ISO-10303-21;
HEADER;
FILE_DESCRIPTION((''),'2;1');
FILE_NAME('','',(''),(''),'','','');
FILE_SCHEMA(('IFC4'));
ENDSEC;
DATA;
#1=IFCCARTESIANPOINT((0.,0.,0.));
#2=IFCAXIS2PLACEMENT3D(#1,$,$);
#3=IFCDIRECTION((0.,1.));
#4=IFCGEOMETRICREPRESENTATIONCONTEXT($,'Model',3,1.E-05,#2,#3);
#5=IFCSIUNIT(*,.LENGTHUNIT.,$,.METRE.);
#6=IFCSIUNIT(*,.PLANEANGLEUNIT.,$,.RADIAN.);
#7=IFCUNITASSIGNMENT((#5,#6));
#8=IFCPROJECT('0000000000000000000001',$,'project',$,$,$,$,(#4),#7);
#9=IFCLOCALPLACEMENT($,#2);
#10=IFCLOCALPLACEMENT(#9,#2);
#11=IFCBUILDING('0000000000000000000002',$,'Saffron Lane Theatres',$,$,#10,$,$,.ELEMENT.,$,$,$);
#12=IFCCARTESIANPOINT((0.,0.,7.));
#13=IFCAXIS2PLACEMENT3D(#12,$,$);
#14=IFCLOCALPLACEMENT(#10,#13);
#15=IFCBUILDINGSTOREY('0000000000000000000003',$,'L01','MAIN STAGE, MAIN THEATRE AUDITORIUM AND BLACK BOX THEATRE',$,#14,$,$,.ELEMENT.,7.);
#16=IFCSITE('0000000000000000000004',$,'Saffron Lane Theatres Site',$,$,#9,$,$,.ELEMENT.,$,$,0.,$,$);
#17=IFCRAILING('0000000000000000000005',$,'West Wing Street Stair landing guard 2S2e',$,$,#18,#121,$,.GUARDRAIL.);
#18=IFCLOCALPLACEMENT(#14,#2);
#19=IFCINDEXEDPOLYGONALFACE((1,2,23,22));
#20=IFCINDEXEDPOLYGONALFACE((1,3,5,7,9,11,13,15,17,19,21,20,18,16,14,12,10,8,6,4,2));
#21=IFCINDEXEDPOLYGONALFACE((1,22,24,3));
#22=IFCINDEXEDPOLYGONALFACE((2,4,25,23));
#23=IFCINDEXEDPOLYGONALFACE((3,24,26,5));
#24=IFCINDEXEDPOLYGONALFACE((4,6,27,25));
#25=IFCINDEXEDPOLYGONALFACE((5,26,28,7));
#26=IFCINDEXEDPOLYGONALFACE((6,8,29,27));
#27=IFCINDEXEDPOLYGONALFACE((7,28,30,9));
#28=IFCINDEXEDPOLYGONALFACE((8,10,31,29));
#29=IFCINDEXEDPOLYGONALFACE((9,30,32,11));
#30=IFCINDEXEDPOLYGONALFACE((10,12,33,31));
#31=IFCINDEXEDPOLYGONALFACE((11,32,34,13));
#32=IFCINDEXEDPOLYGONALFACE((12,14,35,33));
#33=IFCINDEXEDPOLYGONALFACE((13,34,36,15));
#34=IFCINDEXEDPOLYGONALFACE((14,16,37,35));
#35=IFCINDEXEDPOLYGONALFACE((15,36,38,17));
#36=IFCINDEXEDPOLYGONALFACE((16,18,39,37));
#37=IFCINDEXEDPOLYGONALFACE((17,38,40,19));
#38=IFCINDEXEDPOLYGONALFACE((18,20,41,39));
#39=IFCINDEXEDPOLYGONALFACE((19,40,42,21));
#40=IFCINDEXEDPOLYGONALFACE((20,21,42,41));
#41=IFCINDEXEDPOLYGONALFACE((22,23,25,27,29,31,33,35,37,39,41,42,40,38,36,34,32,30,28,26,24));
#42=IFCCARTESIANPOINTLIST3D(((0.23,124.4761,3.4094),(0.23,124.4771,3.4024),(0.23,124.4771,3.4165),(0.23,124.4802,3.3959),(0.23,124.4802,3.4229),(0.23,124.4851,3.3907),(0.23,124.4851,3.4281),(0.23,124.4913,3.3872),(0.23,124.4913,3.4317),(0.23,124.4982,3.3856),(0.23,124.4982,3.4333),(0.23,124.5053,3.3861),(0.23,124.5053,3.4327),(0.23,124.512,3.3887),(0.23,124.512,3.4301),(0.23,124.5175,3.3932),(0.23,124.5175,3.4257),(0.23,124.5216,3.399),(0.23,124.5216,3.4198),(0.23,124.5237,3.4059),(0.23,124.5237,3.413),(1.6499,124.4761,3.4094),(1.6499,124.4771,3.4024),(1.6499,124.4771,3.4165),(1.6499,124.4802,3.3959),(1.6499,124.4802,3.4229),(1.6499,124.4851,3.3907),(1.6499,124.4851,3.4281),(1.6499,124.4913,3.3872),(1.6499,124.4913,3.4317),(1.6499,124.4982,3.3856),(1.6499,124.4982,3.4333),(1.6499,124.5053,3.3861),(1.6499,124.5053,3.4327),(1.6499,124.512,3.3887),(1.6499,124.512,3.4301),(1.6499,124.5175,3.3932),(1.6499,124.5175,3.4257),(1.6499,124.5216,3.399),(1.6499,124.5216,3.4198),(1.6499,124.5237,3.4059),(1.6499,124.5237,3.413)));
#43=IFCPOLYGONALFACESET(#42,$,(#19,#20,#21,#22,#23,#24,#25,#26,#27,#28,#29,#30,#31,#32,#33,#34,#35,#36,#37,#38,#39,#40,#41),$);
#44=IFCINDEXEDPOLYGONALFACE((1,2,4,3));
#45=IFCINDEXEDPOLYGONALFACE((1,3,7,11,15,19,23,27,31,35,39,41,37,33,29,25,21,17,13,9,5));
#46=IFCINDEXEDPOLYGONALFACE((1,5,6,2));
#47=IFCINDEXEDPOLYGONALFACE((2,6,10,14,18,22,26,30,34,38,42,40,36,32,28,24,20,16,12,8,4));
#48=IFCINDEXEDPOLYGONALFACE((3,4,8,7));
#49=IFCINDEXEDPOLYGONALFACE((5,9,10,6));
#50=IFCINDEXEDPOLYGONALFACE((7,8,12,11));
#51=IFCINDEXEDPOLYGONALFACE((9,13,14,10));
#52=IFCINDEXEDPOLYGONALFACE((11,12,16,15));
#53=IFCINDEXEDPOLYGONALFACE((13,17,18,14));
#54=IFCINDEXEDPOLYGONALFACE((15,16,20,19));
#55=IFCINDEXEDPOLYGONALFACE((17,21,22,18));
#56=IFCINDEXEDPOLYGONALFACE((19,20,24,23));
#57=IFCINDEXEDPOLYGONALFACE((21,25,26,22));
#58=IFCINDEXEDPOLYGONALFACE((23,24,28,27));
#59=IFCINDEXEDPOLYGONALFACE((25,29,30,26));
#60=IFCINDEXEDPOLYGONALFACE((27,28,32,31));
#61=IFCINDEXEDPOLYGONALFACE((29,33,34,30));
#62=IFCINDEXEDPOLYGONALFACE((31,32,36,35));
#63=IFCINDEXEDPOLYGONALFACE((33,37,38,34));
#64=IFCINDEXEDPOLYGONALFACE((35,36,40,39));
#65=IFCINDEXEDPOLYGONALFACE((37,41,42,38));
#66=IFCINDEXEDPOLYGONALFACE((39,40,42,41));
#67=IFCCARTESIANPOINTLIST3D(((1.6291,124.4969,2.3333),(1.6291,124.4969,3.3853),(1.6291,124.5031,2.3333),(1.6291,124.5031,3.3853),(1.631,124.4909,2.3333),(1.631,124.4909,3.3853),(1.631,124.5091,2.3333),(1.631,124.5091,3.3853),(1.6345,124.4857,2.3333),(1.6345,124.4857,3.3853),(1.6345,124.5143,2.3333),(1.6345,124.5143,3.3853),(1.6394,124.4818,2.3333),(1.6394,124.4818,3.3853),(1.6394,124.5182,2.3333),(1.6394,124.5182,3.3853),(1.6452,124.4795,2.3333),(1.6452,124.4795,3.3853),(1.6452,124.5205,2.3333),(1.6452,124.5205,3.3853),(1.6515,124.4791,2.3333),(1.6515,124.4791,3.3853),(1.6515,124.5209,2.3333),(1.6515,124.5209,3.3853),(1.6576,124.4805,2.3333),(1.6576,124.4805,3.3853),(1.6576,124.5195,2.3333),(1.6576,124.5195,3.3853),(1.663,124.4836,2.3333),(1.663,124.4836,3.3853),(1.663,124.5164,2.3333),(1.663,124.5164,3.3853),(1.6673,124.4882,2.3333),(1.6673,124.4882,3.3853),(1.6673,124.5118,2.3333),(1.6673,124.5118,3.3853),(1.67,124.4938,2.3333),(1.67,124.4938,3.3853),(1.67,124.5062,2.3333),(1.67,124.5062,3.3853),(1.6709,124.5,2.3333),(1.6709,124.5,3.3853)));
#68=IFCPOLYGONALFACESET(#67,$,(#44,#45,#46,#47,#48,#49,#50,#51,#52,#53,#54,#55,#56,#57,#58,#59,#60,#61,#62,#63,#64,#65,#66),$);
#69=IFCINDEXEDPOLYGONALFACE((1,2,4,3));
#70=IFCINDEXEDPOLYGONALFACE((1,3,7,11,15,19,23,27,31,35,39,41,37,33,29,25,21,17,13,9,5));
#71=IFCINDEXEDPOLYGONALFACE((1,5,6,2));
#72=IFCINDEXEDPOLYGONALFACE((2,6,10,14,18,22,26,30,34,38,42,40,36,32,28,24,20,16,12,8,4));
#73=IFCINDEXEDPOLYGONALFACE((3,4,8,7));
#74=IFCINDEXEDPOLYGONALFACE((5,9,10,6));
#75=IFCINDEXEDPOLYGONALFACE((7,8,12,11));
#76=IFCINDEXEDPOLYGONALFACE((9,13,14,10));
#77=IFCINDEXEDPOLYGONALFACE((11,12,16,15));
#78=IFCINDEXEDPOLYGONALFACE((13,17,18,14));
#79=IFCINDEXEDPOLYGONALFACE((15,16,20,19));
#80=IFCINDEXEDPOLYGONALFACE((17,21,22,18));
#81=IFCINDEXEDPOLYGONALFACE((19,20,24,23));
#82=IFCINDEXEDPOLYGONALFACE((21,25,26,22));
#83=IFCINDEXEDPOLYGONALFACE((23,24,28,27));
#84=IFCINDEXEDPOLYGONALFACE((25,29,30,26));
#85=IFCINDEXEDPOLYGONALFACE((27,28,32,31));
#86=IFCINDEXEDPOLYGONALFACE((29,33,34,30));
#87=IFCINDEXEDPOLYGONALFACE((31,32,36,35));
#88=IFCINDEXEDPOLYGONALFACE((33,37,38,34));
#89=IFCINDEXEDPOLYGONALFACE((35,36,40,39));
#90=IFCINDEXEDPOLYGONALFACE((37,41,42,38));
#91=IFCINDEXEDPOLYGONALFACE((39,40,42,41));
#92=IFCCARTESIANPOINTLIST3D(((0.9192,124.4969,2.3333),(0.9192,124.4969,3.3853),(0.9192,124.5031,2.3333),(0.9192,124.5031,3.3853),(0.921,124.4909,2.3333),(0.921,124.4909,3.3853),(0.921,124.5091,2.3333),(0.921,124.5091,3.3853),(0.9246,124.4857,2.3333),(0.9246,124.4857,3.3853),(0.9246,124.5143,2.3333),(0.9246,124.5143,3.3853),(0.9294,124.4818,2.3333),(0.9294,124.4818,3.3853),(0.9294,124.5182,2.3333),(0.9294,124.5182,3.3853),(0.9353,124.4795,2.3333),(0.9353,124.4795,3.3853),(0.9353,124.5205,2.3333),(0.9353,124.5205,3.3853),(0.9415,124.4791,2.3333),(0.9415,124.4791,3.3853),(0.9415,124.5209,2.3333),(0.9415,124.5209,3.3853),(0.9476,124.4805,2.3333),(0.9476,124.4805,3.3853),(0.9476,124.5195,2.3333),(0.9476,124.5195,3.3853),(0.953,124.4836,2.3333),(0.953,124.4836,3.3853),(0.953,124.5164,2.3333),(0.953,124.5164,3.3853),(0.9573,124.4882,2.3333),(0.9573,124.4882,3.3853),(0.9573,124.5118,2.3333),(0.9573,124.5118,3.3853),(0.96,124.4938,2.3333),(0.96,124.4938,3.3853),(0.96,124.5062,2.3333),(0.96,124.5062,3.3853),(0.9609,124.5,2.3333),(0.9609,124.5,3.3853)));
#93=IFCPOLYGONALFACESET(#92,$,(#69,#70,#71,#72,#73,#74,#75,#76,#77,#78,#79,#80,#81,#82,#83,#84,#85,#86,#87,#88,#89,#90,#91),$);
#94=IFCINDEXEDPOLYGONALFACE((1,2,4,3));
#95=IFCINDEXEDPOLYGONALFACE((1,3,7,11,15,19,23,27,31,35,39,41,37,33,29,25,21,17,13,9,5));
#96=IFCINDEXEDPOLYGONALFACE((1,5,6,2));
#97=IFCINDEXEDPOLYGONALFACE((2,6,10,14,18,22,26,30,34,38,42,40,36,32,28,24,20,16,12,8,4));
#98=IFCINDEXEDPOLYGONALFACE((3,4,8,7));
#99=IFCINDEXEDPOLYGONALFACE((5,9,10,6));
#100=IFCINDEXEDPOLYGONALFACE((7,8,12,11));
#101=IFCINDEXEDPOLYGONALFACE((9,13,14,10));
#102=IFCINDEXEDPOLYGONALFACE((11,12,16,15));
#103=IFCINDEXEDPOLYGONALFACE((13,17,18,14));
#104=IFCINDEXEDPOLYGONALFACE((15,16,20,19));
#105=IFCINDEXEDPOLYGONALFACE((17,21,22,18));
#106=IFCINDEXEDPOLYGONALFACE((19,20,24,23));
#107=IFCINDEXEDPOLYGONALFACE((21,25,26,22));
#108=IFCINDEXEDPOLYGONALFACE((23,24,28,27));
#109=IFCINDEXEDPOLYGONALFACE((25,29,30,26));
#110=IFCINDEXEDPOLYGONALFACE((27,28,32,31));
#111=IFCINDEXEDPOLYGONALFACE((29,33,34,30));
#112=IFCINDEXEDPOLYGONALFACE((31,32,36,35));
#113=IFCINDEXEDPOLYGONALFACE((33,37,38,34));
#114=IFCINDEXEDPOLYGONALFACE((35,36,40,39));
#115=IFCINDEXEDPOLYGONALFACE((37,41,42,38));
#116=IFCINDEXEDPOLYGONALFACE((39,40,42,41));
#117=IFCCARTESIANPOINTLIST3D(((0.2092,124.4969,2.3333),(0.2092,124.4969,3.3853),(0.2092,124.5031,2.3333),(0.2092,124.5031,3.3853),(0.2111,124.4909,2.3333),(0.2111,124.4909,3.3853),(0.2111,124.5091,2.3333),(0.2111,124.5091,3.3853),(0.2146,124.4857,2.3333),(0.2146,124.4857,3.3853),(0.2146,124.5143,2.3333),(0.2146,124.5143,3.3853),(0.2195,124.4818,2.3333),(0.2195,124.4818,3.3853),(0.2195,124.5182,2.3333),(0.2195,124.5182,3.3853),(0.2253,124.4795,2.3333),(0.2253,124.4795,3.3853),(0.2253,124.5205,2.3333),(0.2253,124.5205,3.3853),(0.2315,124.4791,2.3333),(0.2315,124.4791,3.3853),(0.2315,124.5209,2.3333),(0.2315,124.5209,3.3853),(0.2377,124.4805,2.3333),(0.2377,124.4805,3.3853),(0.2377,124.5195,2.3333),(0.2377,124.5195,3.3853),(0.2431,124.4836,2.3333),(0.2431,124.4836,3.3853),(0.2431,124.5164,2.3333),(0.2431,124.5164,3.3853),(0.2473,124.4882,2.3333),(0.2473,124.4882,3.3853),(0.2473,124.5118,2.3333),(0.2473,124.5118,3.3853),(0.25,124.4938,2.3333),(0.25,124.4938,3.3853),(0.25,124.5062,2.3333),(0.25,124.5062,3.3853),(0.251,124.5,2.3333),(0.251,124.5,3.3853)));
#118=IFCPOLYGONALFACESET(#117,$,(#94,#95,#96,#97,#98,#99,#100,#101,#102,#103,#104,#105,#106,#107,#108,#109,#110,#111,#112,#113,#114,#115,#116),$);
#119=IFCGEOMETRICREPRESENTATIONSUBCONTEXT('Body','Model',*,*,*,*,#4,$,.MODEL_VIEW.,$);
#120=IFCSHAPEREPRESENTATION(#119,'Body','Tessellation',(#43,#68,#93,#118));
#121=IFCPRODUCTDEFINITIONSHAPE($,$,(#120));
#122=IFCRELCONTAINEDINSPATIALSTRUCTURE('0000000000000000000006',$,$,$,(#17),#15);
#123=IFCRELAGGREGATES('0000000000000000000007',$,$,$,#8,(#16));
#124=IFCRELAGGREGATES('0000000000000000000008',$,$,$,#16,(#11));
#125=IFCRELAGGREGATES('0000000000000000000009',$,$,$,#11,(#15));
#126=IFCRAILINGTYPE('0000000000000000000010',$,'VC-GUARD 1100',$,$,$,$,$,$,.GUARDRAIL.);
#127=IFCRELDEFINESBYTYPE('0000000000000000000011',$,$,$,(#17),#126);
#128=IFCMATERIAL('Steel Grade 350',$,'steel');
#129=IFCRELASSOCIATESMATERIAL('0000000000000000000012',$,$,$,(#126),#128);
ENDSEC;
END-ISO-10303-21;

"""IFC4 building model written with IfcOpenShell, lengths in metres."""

from ifc_helpers import new_model, si_unit, direction, frame, origin, origin_2d, place, context, subcontext, project, spatial, circle, extrude, material, type_object, element, save


model = new_model("IFC4")

# Units and contexts
model_context = context("Model", 3, precision=1e-05, world=origin(), true_north=direction((0.0, 1.0)))
body_context = subcontext(model_context, "Body", "Model", "MODEL_VIEW")
ifc_project = project(units=[si_unit("LENGTHUNIT", "METRE"), si_unit("PLANEANGLEUNIT", "RADIAN")], contexts=[model_context])

# Site, building, storey
site_placement = place(None, origin())
site = spatial("IfcSite", under=ifc_project, at=site_placement, Name="Saffron Lane Theatres Site", CompositionType="ELEMENT", RefElevation=0.0)
building_placement = place(site_placement, origin())
building = spatial("IfcBuilding", under=site, at=building_placement, Name="Saffron Lane Theatres", CompositionType="ELEMENT")
storey_placement = place(building_placement, frame((0.0, 0.0, 7.0)))
storey = spatial("IfcBuildingStorey", under=building, at=storey_placement, Name="L01", Description="MAIN STAGE, MAIN THEATRE AUDITORIUM AND BLACK BOX THEATRE", CompositionType="ELEMENT", Elevation=7.0)

# Railing
ifc_material_1 = material(Name="Steel Grade 350", Category="steel")
railing_type_1 = type_object("IfcRailingType", Name="VC-GUARD 1100", PredefinedType="GUARDRAIL", material=ifc_material_1)
railing_1_placement = place(storey_placement, frame((1.6499, 124.5, 2.3333)))
element("IfcRailing", 1, at=railing_1_placement, inside=storey, type_object=railing_type_1, Name="West Wing Street Stair landing guard 2S2e", PredefinedType="GUARDRAIL", context=body_context, shape_type="SweptSolid", body=[
    extrude(circle(Radius=0.0239, at=origin_2d()), frame((0.0, 0.0, 1.0762), z_axis=(-1.0, 0.0, 0.0), x_axis=(0.0, -1.0, 0.0)), (0.0, 0.0, 1.0), 1.4199),
    extrude(circle(Radius=0.021, at=origin_2d()), origin(), (0.0, 0.0, 1.0), 1.052),
    extrude(circle(Radius=0.021, at=origin_2d()), frame((-0.71, 0.0, 0.0)), (0.0, 0.0, 1.0), 1.052),
    extrude(circle(Radius=0.021, at=origin_2d()), frame((-1.4199, 0.0, 0.0)), (0.0, 0.0, 1.0), 1.052),
])

save(model, "model.ifc")
